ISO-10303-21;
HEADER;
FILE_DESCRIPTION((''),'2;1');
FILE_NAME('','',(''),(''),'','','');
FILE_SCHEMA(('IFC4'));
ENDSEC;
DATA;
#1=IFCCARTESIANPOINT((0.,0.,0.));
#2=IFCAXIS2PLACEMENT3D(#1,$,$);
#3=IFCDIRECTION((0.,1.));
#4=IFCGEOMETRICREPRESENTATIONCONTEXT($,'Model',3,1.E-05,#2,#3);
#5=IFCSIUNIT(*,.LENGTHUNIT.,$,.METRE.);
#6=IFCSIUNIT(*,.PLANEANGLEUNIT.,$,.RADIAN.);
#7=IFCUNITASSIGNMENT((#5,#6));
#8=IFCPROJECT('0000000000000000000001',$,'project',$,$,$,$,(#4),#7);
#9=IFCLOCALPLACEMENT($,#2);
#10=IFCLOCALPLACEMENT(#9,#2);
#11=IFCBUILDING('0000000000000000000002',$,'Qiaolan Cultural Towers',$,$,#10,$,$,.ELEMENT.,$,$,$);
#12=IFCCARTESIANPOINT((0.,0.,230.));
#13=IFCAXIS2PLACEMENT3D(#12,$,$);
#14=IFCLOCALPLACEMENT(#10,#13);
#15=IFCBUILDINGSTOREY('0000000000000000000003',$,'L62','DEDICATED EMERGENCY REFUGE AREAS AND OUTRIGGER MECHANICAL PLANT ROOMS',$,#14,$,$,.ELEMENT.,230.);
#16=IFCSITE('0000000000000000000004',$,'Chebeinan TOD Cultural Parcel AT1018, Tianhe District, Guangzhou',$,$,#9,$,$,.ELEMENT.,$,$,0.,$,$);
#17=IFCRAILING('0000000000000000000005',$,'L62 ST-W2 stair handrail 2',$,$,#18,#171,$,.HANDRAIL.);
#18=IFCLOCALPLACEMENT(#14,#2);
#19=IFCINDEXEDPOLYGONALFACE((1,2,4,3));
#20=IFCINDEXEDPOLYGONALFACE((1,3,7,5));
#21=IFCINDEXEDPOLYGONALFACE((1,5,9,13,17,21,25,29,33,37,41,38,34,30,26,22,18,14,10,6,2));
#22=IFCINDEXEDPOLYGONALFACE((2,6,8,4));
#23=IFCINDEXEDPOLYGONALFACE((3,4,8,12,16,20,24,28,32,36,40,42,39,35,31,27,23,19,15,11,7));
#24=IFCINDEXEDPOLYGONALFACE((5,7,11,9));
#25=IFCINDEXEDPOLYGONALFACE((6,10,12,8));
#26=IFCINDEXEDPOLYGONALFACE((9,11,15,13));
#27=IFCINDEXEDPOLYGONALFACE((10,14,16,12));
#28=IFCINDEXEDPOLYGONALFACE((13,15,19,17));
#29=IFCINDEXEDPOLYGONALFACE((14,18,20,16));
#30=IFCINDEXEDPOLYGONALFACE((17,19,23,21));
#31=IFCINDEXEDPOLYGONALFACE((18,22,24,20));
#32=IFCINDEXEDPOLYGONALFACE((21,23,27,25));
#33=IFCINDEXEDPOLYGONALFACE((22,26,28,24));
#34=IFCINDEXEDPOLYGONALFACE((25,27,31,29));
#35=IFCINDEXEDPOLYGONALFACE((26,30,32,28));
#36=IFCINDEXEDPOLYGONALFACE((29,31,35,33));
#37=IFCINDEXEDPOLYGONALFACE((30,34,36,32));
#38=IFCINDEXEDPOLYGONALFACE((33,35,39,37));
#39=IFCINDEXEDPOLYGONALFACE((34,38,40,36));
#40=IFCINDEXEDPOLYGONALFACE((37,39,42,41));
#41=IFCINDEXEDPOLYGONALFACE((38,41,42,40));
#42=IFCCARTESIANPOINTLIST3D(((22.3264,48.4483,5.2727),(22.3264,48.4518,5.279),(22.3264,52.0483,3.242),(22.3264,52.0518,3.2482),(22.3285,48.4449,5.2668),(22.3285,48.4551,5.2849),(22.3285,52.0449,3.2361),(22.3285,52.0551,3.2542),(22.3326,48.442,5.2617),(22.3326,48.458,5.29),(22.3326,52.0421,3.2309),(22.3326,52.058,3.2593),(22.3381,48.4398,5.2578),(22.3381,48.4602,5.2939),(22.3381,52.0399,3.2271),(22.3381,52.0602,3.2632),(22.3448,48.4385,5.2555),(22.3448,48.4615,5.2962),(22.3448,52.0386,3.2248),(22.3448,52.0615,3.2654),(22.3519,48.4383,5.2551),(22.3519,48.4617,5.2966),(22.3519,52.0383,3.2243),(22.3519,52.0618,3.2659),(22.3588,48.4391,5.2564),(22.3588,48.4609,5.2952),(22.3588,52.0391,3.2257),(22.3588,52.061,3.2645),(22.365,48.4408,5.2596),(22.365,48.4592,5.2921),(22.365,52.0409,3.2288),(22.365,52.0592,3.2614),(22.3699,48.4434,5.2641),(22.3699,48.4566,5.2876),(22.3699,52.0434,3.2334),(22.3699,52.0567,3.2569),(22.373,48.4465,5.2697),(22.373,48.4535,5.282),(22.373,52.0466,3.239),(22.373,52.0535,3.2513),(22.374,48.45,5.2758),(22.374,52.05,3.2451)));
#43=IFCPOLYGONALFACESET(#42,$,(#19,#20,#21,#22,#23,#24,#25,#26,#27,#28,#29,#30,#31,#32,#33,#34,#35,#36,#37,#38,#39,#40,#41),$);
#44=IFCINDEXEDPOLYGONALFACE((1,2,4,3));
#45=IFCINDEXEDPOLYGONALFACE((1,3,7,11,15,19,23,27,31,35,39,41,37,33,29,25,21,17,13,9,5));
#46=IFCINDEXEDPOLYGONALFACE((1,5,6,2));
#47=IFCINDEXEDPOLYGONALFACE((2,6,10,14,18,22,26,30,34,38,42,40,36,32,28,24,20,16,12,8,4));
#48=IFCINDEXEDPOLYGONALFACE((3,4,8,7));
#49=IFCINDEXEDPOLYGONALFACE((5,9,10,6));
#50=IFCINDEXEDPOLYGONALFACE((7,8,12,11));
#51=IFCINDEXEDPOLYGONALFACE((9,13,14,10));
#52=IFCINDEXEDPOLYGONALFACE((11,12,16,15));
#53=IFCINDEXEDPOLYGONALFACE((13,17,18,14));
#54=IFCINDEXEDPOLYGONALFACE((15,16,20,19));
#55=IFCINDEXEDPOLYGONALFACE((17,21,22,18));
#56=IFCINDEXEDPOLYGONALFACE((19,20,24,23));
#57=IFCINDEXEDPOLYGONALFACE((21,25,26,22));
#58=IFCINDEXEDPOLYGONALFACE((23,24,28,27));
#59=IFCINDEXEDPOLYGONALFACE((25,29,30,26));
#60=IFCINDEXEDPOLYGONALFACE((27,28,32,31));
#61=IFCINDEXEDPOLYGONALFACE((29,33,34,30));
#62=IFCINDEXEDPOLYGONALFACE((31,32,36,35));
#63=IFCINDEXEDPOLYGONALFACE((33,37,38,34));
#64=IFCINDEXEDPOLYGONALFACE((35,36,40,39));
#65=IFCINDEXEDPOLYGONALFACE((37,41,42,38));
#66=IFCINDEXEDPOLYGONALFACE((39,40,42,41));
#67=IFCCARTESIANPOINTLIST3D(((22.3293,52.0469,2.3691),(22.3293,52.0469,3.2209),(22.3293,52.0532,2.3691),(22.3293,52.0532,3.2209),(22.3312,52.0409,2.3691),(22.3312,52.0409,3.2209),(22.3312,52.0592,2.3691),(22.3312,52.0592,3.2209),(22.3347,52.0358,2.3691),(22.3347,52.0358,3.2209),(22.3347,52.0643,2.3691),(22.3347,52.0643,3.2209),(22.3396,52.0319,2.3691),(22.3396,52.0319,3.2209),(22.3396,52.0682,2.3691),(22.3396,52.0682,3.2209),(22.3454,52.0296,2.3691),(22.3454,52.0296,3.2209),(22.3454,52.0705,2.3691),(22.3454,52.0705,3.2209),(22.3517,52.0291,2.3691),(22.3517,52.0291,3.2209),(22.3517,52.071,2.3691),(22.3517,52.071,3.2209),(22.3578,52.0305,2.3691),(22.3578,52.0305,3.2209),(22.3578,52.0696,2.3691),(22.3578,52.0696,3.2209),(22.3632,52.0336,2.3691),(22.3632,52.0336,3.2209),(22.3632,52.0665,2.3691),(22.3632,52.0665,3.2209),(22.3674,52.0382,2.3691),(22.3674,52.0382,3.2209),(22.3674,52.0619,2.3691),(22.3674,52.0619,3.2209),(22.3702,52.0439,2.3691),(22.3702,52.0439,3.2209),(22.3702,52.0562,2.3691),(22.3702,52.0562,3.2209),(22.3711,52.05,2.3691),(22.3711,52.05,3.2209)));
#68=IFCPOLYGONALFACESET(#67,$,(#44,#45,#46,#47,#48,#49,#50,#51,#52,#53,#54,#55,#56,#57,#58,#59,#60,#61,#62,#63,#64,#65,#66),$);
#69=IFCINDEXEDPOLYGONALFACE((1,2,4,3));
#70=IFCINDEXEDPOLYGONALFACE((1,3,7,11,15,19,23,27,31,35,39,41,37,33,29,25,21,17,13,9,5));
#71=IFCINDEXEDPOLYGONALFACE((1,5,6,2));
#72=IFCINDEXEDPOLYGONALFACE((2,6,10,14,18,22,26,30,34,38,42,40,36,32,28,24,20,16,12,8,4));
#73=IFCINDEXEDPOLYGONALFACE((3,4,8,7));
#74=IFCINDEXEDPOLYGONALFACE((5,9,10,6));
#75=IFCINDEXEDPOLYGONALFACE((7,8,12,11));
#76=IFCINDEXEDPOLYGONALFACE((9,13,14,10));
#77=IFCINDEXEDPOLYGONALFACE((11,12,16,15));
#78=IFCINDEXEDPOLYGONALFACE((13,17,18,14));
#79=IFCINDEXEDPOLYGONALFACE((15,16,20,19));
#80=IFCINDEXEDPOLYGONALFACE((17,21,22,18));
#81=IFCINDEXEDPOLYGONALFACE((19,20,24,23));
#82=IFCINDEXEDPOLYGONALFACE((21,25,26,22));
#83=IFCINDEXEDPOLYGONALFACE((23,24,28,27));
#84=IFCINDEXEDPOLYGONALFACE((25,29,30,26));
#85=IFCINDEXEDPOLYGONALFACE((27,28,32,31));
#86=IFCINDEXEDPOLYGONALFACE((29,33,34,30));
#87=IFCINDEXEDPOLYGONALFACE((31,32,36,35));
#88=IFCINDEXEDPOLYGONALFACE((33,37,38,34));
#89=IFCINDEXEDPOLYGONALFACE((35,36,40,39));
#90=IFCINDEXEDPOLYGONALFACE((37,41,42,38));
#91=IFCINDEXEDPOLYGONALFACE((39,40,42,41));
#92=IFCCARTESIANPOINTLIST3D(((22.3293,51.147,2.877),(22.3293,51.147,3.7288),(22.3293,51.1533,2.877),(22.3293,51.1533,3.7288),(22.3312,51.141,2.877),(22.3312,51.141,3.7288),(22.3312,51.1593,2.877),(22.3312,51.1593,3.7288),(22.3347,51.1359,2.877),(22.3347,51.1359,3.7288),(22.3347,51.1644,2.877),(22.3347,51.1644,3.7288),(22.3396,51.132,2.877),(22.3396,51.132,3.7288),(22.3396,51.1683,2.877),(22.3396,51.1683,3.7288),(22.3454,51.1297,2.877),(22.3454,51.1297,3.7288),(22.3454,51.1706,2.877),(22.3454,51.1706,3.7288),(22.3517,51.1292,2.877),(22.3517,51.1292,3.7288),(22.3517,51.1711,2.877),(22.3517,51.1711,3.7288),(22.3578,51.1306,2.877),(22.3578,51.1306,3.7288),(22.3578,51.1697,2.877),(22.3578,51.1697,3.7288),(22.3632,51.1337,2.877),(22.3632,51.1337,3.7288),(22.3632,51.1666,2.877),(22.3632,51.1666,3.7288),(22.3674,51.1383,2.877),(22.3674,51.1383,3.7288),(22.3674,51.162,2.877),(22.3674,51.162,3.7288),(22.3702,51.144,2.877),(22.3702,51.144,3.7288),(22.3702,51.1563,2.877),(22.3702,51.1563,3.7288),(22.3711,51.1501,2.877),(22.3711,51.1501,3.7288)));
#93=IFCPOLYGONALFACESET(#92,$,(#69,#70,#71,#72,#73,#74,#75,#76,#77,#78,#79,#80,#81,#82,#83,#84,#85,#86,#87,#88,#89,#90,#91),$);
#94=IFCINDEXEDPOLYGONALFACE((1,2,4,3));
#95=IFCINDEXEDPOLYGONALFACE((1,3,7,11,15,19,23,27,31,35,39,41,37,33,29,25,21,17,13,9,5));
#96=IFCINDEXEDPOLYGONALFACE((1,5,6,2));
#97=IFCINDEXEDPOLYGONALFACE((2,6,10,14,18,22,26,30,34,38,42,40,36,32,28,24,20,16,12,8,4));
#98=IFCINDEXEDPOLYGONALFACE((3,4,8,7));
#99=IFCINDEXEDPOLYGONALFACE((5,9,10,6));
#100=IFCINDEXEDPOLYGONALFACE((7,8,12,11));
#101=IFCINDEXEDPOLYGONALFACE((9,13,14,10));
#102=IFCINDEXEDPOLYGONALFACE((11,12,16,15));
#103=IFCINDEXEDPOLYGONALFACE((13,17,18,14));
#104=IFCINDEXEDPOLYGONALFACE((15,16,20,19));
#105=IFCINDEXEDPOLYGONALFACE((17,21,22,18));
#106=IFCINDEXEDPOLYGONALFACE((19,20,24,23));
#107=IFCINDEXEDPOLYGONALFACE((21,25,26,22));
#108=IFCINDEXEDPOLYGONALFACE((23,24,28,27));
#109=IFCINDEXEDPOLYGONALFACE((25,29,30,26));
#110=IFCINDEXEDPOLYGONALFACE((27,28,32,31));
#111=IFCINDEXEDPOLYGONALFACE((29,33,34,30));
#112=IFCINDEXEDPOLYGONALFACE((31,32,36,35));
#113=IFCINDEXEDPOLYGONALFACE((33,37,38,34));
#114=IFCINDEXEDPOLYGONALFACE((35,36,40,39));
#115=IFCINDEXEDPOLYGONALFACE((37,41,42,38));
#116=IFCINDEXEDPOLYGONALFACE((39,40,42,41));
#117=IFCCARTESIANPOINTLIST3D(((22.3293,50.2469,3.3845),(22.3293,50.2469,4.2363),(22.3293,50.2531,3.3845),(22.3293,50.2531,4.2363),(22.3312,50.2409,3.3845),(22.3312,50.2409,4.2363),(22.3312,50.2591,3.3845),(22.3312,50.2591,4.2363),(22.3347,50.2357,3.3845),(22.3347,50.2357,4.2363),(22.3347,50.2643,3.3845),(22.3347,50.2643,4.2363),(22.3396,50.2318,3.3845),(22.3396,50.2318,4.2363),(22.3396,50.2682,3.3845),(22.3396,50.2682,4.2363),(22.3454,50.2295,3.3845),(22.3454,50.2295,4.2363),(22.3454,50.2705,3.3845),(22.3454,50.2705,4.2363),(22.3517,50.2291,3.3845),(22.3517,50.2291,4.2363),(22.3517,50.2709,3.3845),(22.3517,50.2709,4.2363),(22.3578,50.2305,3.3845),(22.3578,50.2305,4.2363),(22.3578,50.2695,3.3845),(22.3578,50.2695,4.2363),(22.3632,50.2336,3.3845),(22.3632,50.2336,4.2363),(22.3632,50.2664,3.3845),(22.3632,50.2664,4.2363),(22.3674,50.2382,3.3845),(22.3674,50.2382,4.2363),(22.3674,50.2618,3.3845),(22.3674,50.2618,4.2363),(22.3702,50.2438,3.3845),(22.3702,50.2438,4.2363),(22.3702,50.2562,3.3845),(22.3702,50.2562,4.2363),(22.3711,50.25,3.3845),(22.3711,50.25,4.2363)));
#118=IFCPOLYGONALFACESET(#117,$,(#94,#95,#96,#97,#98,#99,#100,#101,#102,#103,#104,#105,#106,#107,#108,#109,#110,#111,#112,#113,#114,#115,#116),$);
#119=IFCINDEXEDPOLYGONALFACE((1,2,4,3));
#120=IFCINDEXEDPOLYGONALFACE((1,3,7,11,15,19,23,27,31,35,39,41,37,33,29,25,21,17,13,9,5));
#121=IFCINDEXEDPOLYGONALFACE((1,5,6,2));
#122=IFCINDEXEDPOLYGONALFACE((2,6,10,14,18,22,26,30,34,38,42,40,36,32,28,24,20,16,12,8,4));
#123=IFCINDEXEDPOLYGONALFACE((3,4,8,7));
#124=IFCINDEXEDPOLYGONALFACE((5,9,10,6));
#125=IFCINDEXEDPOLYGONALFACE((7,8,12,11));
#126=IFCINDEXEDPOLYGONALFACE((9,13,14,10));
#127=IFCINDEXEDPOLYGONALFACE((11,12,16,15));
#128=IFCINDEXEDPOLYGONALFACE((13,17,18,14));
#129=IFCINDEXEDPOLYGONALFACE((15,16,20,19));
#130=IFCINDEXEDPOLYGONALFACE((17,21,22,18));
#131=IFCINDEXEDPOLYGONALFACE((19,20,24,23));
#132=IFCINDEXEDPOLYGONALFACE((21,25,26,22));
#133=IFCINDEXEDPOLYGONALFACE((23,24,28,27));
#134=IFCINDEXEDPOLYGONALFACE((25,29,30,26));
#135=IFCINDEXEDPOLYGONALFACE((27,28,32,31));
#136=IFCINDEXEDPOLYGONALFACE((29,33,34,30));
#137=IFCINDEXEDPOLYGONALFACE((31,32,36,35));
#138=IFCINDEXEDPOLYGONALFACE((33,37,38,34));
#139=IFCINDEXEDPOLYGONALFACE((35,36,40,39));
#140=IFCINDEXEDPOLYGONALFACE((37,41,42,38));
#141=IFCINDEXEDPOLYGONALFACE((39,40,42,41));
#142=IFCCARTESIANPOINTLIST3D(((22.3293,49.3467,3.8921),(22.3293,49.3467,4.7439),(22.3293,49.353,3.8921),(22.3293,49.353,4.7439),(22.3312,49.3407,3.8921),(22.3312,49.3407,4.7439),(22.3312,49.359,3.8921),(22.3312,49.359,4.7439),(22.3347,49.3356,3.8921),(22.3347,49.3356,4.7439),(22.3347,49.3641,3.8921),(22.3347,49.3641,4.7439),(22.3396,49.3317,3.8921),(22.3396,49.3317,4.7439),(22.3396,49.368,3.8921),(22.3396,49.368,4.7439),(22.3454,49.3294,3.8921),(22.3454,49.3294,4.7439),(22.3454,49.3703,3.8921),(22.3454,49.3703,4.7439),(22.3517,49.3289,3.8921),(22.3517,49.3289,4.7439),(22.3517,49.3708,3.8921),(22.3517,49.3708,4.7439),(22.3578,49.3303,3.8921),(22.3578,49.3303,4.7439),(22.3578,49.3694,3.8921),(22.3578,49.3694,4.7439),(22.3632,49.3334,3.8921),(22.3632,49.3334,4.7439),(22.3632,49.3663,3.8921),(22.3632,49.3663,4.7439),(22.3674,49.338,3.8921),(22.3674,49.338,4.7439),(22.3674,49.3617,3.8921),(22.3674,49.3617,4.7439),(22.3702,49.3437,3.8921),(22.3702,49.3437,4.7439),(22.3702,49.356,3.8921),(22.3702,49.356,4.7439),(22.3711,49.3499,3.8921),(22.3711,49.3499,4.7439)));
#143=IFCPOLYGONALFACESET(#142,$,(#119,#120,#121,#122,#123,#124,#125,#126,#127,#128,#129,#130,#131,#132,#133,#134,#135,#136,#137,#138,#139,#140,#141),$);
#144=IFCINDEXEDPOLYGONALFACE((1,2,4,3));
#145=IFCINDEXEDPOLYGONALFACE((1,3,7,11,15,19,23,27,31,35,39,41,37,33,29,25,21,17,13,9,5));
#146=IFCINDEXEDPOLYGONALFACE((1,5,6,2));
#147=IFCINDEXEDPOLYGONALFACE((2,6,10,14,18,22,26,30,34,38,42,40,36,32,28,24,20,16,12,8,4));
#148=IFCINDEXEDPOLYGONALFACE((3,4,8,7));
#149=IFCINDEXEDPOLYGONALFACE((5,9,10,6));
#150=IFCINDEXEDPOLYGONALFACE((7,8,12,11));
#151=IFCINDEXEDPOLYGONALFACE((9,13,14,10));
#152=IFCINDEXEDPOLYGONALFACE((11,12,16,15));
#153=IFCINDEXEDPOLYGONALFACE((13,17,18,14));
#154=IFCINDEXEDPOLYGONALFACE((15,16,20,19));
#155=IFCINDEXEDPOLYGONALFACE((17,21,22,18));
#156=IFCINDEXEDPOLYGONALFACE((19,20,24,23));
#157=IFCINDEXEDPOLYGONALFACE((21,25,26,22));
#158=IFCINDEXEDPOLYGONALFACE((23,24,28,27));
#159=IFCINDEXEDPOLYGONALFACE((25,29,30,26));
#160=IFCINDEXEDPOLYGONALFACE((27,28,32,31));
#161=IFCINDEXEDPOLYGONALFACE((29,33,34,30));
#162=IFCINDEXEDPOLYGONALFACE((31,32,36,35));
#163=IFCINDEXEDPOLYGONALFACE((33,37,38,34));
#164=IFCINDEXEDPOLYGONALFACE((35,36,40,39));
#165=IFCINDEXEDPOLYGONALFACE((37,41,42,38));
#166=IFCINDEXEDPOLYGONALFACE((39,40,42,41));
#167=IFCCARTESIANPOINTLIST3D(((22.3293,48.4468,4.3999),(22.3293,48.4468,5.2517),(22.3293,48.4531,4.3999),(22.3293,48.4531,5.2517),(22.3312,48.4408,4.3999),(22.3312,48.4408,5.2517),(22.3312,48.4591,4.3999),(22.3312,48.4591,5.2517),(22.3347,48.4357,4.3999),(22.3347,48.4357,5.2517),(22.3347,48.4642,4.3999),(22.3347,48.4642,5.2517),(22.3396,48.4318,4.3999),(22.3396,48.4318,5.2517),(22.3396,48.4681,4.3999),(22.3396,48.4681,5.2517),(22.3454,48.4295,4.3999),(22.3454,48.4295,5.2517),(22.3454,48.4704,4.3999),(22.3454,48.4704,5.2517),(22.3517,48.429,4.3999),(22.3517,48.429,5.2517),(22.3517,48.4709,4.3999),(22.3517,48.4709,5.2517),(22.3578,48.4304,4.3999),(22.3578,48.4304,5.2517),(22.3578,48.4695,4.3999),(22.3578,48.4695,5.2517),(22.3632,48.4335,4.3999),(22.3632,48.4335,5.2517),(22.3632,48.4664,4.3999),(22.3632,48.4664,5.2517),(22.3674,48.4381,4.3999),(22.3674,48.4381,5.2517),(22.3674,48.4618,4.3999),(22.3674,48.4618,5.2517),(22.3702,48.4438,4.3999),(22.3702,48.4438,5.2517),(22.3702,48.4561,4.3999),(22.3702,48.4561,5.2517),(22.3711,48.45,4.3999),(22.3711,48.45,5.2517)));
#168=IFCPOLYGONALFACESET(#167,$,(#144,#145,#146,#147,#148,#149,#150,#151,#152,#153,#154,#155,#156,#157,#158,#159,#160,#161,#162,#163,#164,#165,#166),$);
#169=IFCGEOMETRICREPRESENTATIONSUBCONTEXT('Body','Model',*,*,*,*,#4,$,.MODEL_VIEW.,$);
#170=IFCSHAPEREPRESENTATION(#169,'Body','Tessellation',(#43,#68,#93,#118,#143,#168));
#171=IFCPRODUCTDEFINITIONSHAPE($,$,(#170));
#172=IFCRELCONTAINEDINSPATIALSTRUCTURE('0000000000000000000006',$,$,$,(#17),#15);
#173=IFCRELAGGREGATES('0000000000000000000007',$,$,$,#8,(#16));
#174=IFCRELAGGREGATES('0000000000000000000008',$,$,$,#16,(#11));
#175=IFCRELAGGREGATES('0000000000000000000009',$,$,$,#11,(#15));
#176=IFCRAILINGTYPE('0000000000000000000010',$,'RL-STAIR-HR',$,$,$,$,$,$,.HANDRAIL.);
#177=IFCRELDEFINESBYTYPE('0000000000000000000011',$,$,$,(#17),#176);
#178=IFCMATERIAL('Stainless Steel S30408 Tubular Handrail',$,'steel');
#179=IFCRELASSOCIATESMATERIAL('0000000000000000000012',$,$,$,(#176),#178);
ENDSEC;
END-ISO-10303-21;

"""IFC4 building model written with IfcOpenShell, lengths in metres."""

from ifc_helpers import new_model, si_unit, direction, frame, origin, origin_2d, place, context, subcontext, project, spatial, circle, extrude, material, type_object, element, save


model = new_model("IFC4")

# Units and contexts
model_context = context("Model", 3, precision=1e-05, world=origin(), true_north=direction((0.0, 1.0)))
body_context = subcontext(model_context, "Body", "Model", "MODEL_VIEW")
ifc_project = project(units=[si_unit("LENGTHUNIT", "METRE"), si_unit("PLANEANGLEUNIT", "RADIAN")], contexts=[model_context])

# Site, building, storey
site_placement = place(None, origin())
site = spatial("IfcSite", under=ifc_project, at=site_placement, Name="Chebeinan TOD Cultural Parcel AT1018, Tianhe District, Guangzhou", CompositionType="ELEMENT", RefElevation=0.0)
building_placement = place(site_placement, origin())
building = spatial("IfcBuilding", under=site, at=building_placement, Name="Qiaolan Cultural Towers", CompositionType="ELEMENT")
storey_placement = place(building_placement, frame((0.0, 0.0, 230.0)))
storey = spatial("IfcBuildingStorey", under=building, at=storey_placement, Name="L62", Description="DEDICATED EMERGENCY REFUGE AREAS AND OUTRIGGER MECHANICAL PLANT ROOMS", CompositionType="ELEMENT", Elevation=230.0)

# Railing
ifc_material_1 = material(Name="Stainless Steel S30408 Tubular Handrail", Category="steel")
railing_type_1 = type_object("IfcRailingType", Name="RL-STAIR-HR", PredefinedType="HANDRAIL", material=ifc_material_1)
railing_1_placement = place(storey_placement, frame((22.3501, 52.05, 2.3691)))
element("IfcRailing", 1, at=railing_1_placement, inside=storey, type_object=railing_type_1, Name="L62 ST-W2 stair handrail 2", PredefinedType="HANDRAIL", context=body_context, shape_type="SweptSolid", body=[
    extrude(circle(Radius=0.0239, at=origin_2d()), frame((0.0, 0.0, 0.876), z_axis=(0.0, -0.870985, 0.49131), x_axis=(1.0, 0.0, 0.0)), (0.0, 0.0, 1.0), 4.1333),
    extrude(circle(Radius=0.021, at=origin_2d()), origin(), (0.0, 0.0, 1.0), 0.8518),
    extrude(circle(Radius=0.021, at=origin_2d()), frame((0.0, -0.8999, 0.5078)), (0.0, 0.0, 1.0), 0.8518),
    extrude(circle(Radius=0.021, at=origin_2d()), frame((0.0, -1.8, 1.0154)), (0.0, 0.0, 1.0), 0.8518),
    extrude(circle(Radius=0.021, at=origin_2d()), frame((0.0, -2.7002, 1.5229)), (0.0, 0.0, 1.0), 0.8518),
    extrude(circle(Radius=0.021, at=origin_2d()), frame((0.0, -3.6001, 2.0308)), (0.0, 0.0, 1.0), 0.8518),
])

save(model, "model.ifc")
